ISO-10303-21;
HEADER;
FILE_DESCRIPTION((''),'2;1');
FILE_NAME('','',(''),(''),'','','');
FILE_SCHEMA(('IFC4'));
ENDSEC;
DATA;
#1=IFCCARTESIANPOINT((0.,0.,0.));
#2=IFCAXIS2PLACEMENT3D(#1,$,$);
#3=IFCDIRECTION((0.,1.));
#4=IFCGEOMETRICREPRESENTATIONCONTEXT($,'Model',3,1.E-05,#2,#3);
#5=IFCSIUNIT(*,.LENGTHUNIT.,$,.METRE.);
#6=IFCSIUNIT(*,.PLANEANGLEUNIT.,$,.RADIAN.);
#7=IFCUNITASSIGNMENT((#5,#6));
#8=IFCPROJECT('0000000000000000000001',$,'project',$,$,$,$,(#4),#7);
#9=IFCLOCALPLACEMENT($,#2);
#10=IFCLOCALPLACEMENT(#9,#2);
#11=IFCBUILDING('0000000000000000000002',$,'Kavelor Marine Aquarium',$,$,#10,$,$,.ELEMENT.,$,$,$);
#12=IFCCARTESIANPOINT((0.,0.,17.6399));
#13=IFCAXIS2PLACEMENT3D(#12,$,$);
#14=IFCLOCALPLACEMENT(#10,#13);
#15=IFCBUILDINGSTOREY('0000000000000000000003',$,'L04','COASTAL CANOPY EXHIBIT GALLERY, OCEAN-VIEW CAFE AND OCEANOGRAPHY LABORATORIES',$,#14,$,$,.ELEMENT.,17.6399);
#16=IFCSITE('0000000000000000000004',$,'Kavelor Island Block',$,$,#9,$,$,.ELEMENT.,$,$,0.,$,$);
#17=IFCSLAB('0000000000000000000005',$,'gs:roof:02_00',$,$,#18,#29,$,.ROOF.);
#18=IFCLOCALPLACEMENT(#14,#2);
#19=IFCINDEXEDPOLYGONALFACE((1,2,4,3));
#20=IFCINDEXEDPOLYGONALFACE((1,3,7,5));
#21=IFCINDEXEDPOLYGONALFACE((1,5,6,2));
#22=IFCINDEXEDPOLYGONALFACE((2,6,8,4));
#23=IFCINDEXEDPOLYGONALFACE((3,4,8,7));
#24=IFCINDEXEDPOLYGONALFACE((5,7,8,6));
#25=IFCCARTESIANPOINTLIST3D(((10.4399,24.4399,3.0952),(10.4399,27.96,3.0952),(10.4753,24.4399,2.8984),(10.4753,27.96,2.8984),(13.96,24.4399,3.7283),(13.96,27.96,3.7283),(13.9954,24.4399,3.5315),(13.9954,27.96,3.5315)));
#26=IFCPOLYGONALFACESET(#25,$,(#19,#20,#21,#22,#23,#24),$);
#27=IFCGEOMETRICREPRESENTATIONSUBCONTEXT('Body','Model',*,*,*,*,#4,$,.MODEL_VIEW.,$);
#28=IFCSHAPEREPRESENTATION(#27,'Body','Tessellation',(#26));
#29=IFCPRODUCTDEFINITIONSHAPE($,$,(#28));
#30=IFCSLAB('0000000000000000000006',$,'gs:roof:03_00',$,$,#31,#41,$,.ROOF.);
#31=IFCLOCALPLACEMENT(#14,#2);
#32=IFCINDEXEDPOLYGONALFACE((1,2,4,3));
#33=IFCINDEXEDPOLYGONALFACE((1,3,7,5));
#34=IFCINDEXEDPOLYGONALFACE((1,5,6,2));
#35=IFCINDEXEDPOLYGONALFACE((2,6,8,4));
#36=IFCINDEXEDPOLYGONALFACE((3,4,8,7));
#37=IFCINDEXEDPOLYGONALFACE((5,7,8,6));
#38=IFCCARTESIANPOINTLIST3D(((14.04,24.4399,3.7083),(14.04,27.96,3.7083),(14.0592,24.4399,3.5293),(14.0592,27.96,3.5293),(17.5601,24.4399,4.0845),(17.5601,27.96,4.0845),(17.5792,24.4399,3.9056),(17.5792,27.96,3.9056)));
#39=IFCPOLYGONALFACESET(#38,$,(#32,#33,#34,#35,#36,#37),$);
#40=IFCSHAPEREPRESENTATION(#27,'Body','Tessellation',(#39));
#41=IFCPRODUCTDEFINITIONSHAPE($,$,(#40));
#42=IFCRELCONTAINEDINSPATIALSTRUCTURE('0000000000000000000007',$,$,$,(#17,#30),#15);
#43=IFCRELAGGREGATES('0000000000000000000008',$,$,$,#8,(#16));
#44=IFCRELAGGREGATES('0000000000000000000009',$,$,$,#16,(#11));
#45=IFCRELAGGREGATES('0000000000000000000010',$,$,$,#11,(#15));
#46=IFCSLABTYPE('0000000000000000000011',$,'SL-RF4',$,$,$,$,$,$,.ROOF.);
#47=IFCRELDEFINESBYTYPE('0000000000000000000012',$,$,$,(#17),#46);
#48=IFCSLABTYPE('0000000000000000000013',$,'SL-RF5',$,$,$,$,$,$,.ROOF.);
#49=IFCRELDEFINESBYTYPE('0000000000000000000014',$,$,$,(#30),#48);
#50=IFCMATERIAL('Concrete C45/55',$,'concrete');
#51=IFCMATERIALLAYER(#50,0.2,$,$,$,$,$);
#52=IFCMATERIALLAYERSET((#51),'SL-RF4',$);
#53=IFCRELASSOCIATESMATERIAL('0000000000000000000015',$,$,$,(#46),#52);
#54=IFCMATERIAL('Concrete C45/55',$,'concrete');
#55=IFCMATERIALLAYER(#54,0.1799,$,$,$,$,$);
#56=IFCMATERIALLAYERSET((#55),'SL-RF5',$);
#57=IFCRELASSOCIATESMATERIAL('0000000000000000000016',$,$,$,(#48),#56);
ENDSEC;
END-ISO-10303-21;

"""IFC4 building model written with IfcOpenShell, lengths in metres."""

from ifc_helpers import new_model, si_unit, direction, frame, origin, place, context, subcontext, project, spatial, polyline, outline, extrude, material, layer, layer_set, type_object, element, save


model = new_model("IFC4")

# Units and contexts
model_context = context("Model", 3, precision=1e-05, world=origin(), true_north=direction((0.0, 1.0)))
body_context = subcontext(model_context, "Body", "Model", "MODEL_VIEW")
ifc_project = project(units=[si_unit("LENGTHUNIT", "METRE"), si_unit("PLANEANGLEUNIT", "RADIAN")], contexts=[model_context])

# Site, building, storey
site_placement = place(None, origin())
site = spatial("IfcSite", under=ifc_project, at=site_placement, Name="Kavelor Island Block", CompositionType="ELEMENT", RefElevation=0.0)
building_placement = place(site_placement, origin())
building = spatial("IfcBuilding", under=site, at=building_placement, Name="Kavelor Marine Aquarium", CompositionType="ELEMENT")
storey_placement = place(building_placement, frame((0.0, 0.0, 17.6399)))
storey = spatial("IfcBuildingStorey", under=building, at=storey_placement, Name="L04", Description="COASTAL CANOPY EXHIBIT GALLERY, OCEAN-VIEW CAFE AND OCEANOGRAPHY LABORATORIES", CompositionType="ELEMENT", Elevation=17.6399)

# Slabs
ifc_material_1 = material(Name="Concrete C45/55", Category="concrete")
ifc_layer_1 = layer(ifc_material_1, 0.2)
ifc_layer_set_1 = layer_set([ifc_layer_1], Name="SL-RF4")
slab_type_1 = type_object("IfcSlabType", Name="SL-RF4", PredefinedType="ROOF", material=ifc_layer_set_1)
slab_1_placement = place(storey_placement, frame((10.4399, 24.4399, 3.0952), z_axis=(-0.177005, 0.0, 0.98421), x_axis=(0.98421, 0.0, 0.177005)))
element("IfcSlab", 1, at=slab_1_placement, inside=storey, type_object=slab_type_1, Name="gs:roof:02_00", PredefinedType="ROOF", context=body_context, shape_type="SweptSolid", body=[
    extrude(outline(polyline([(0.0, 0.0), (3.5765, 0.0), (3.5765, 3.52), (0.0, 3.52), (0.0, 0.0)])), origin(), (0.0, 0.0, -1.0), 0.2),
])
ifc_material_2 = material(Name="Concrete C45/55", Category="concrete")
ifc_layer_2 = layer(ifc_material_2, 0.1799)
ifc_layer_set_2 = layer_set([ifc_layer_2], Name="SL-RF5")
slab_type_2 = type_object("IfcSlabType", Name="SL-RF5", PredefinedType="ROOF", material=ifc_layer_set_2)
slab_2_placement = place(storey_placement, frame((14.04, 24.4399, 3.7083), z_axis=(-0.106275, 0.0, 0.994337), x_axis=(0.994337, 0.0, 0.106275)))
element("IfcSlab", 2, at=slab_2_placement, inside=storey, type_object=slab_type_2, Name="gs:roof:03_00", PredefinedType="ROOF", context=body_context, shape_type="SweptSolid", body=[
    extrude(outline(polyline([(0.0, 0.0), (3.5401, 0.0), (3.5401, 3.52), (0.0, 3.52), (0.0, 0.0)])), origin(), (0.0, 0.0, -1.0), 0.1799),
])

save(model, "model.ifc")
